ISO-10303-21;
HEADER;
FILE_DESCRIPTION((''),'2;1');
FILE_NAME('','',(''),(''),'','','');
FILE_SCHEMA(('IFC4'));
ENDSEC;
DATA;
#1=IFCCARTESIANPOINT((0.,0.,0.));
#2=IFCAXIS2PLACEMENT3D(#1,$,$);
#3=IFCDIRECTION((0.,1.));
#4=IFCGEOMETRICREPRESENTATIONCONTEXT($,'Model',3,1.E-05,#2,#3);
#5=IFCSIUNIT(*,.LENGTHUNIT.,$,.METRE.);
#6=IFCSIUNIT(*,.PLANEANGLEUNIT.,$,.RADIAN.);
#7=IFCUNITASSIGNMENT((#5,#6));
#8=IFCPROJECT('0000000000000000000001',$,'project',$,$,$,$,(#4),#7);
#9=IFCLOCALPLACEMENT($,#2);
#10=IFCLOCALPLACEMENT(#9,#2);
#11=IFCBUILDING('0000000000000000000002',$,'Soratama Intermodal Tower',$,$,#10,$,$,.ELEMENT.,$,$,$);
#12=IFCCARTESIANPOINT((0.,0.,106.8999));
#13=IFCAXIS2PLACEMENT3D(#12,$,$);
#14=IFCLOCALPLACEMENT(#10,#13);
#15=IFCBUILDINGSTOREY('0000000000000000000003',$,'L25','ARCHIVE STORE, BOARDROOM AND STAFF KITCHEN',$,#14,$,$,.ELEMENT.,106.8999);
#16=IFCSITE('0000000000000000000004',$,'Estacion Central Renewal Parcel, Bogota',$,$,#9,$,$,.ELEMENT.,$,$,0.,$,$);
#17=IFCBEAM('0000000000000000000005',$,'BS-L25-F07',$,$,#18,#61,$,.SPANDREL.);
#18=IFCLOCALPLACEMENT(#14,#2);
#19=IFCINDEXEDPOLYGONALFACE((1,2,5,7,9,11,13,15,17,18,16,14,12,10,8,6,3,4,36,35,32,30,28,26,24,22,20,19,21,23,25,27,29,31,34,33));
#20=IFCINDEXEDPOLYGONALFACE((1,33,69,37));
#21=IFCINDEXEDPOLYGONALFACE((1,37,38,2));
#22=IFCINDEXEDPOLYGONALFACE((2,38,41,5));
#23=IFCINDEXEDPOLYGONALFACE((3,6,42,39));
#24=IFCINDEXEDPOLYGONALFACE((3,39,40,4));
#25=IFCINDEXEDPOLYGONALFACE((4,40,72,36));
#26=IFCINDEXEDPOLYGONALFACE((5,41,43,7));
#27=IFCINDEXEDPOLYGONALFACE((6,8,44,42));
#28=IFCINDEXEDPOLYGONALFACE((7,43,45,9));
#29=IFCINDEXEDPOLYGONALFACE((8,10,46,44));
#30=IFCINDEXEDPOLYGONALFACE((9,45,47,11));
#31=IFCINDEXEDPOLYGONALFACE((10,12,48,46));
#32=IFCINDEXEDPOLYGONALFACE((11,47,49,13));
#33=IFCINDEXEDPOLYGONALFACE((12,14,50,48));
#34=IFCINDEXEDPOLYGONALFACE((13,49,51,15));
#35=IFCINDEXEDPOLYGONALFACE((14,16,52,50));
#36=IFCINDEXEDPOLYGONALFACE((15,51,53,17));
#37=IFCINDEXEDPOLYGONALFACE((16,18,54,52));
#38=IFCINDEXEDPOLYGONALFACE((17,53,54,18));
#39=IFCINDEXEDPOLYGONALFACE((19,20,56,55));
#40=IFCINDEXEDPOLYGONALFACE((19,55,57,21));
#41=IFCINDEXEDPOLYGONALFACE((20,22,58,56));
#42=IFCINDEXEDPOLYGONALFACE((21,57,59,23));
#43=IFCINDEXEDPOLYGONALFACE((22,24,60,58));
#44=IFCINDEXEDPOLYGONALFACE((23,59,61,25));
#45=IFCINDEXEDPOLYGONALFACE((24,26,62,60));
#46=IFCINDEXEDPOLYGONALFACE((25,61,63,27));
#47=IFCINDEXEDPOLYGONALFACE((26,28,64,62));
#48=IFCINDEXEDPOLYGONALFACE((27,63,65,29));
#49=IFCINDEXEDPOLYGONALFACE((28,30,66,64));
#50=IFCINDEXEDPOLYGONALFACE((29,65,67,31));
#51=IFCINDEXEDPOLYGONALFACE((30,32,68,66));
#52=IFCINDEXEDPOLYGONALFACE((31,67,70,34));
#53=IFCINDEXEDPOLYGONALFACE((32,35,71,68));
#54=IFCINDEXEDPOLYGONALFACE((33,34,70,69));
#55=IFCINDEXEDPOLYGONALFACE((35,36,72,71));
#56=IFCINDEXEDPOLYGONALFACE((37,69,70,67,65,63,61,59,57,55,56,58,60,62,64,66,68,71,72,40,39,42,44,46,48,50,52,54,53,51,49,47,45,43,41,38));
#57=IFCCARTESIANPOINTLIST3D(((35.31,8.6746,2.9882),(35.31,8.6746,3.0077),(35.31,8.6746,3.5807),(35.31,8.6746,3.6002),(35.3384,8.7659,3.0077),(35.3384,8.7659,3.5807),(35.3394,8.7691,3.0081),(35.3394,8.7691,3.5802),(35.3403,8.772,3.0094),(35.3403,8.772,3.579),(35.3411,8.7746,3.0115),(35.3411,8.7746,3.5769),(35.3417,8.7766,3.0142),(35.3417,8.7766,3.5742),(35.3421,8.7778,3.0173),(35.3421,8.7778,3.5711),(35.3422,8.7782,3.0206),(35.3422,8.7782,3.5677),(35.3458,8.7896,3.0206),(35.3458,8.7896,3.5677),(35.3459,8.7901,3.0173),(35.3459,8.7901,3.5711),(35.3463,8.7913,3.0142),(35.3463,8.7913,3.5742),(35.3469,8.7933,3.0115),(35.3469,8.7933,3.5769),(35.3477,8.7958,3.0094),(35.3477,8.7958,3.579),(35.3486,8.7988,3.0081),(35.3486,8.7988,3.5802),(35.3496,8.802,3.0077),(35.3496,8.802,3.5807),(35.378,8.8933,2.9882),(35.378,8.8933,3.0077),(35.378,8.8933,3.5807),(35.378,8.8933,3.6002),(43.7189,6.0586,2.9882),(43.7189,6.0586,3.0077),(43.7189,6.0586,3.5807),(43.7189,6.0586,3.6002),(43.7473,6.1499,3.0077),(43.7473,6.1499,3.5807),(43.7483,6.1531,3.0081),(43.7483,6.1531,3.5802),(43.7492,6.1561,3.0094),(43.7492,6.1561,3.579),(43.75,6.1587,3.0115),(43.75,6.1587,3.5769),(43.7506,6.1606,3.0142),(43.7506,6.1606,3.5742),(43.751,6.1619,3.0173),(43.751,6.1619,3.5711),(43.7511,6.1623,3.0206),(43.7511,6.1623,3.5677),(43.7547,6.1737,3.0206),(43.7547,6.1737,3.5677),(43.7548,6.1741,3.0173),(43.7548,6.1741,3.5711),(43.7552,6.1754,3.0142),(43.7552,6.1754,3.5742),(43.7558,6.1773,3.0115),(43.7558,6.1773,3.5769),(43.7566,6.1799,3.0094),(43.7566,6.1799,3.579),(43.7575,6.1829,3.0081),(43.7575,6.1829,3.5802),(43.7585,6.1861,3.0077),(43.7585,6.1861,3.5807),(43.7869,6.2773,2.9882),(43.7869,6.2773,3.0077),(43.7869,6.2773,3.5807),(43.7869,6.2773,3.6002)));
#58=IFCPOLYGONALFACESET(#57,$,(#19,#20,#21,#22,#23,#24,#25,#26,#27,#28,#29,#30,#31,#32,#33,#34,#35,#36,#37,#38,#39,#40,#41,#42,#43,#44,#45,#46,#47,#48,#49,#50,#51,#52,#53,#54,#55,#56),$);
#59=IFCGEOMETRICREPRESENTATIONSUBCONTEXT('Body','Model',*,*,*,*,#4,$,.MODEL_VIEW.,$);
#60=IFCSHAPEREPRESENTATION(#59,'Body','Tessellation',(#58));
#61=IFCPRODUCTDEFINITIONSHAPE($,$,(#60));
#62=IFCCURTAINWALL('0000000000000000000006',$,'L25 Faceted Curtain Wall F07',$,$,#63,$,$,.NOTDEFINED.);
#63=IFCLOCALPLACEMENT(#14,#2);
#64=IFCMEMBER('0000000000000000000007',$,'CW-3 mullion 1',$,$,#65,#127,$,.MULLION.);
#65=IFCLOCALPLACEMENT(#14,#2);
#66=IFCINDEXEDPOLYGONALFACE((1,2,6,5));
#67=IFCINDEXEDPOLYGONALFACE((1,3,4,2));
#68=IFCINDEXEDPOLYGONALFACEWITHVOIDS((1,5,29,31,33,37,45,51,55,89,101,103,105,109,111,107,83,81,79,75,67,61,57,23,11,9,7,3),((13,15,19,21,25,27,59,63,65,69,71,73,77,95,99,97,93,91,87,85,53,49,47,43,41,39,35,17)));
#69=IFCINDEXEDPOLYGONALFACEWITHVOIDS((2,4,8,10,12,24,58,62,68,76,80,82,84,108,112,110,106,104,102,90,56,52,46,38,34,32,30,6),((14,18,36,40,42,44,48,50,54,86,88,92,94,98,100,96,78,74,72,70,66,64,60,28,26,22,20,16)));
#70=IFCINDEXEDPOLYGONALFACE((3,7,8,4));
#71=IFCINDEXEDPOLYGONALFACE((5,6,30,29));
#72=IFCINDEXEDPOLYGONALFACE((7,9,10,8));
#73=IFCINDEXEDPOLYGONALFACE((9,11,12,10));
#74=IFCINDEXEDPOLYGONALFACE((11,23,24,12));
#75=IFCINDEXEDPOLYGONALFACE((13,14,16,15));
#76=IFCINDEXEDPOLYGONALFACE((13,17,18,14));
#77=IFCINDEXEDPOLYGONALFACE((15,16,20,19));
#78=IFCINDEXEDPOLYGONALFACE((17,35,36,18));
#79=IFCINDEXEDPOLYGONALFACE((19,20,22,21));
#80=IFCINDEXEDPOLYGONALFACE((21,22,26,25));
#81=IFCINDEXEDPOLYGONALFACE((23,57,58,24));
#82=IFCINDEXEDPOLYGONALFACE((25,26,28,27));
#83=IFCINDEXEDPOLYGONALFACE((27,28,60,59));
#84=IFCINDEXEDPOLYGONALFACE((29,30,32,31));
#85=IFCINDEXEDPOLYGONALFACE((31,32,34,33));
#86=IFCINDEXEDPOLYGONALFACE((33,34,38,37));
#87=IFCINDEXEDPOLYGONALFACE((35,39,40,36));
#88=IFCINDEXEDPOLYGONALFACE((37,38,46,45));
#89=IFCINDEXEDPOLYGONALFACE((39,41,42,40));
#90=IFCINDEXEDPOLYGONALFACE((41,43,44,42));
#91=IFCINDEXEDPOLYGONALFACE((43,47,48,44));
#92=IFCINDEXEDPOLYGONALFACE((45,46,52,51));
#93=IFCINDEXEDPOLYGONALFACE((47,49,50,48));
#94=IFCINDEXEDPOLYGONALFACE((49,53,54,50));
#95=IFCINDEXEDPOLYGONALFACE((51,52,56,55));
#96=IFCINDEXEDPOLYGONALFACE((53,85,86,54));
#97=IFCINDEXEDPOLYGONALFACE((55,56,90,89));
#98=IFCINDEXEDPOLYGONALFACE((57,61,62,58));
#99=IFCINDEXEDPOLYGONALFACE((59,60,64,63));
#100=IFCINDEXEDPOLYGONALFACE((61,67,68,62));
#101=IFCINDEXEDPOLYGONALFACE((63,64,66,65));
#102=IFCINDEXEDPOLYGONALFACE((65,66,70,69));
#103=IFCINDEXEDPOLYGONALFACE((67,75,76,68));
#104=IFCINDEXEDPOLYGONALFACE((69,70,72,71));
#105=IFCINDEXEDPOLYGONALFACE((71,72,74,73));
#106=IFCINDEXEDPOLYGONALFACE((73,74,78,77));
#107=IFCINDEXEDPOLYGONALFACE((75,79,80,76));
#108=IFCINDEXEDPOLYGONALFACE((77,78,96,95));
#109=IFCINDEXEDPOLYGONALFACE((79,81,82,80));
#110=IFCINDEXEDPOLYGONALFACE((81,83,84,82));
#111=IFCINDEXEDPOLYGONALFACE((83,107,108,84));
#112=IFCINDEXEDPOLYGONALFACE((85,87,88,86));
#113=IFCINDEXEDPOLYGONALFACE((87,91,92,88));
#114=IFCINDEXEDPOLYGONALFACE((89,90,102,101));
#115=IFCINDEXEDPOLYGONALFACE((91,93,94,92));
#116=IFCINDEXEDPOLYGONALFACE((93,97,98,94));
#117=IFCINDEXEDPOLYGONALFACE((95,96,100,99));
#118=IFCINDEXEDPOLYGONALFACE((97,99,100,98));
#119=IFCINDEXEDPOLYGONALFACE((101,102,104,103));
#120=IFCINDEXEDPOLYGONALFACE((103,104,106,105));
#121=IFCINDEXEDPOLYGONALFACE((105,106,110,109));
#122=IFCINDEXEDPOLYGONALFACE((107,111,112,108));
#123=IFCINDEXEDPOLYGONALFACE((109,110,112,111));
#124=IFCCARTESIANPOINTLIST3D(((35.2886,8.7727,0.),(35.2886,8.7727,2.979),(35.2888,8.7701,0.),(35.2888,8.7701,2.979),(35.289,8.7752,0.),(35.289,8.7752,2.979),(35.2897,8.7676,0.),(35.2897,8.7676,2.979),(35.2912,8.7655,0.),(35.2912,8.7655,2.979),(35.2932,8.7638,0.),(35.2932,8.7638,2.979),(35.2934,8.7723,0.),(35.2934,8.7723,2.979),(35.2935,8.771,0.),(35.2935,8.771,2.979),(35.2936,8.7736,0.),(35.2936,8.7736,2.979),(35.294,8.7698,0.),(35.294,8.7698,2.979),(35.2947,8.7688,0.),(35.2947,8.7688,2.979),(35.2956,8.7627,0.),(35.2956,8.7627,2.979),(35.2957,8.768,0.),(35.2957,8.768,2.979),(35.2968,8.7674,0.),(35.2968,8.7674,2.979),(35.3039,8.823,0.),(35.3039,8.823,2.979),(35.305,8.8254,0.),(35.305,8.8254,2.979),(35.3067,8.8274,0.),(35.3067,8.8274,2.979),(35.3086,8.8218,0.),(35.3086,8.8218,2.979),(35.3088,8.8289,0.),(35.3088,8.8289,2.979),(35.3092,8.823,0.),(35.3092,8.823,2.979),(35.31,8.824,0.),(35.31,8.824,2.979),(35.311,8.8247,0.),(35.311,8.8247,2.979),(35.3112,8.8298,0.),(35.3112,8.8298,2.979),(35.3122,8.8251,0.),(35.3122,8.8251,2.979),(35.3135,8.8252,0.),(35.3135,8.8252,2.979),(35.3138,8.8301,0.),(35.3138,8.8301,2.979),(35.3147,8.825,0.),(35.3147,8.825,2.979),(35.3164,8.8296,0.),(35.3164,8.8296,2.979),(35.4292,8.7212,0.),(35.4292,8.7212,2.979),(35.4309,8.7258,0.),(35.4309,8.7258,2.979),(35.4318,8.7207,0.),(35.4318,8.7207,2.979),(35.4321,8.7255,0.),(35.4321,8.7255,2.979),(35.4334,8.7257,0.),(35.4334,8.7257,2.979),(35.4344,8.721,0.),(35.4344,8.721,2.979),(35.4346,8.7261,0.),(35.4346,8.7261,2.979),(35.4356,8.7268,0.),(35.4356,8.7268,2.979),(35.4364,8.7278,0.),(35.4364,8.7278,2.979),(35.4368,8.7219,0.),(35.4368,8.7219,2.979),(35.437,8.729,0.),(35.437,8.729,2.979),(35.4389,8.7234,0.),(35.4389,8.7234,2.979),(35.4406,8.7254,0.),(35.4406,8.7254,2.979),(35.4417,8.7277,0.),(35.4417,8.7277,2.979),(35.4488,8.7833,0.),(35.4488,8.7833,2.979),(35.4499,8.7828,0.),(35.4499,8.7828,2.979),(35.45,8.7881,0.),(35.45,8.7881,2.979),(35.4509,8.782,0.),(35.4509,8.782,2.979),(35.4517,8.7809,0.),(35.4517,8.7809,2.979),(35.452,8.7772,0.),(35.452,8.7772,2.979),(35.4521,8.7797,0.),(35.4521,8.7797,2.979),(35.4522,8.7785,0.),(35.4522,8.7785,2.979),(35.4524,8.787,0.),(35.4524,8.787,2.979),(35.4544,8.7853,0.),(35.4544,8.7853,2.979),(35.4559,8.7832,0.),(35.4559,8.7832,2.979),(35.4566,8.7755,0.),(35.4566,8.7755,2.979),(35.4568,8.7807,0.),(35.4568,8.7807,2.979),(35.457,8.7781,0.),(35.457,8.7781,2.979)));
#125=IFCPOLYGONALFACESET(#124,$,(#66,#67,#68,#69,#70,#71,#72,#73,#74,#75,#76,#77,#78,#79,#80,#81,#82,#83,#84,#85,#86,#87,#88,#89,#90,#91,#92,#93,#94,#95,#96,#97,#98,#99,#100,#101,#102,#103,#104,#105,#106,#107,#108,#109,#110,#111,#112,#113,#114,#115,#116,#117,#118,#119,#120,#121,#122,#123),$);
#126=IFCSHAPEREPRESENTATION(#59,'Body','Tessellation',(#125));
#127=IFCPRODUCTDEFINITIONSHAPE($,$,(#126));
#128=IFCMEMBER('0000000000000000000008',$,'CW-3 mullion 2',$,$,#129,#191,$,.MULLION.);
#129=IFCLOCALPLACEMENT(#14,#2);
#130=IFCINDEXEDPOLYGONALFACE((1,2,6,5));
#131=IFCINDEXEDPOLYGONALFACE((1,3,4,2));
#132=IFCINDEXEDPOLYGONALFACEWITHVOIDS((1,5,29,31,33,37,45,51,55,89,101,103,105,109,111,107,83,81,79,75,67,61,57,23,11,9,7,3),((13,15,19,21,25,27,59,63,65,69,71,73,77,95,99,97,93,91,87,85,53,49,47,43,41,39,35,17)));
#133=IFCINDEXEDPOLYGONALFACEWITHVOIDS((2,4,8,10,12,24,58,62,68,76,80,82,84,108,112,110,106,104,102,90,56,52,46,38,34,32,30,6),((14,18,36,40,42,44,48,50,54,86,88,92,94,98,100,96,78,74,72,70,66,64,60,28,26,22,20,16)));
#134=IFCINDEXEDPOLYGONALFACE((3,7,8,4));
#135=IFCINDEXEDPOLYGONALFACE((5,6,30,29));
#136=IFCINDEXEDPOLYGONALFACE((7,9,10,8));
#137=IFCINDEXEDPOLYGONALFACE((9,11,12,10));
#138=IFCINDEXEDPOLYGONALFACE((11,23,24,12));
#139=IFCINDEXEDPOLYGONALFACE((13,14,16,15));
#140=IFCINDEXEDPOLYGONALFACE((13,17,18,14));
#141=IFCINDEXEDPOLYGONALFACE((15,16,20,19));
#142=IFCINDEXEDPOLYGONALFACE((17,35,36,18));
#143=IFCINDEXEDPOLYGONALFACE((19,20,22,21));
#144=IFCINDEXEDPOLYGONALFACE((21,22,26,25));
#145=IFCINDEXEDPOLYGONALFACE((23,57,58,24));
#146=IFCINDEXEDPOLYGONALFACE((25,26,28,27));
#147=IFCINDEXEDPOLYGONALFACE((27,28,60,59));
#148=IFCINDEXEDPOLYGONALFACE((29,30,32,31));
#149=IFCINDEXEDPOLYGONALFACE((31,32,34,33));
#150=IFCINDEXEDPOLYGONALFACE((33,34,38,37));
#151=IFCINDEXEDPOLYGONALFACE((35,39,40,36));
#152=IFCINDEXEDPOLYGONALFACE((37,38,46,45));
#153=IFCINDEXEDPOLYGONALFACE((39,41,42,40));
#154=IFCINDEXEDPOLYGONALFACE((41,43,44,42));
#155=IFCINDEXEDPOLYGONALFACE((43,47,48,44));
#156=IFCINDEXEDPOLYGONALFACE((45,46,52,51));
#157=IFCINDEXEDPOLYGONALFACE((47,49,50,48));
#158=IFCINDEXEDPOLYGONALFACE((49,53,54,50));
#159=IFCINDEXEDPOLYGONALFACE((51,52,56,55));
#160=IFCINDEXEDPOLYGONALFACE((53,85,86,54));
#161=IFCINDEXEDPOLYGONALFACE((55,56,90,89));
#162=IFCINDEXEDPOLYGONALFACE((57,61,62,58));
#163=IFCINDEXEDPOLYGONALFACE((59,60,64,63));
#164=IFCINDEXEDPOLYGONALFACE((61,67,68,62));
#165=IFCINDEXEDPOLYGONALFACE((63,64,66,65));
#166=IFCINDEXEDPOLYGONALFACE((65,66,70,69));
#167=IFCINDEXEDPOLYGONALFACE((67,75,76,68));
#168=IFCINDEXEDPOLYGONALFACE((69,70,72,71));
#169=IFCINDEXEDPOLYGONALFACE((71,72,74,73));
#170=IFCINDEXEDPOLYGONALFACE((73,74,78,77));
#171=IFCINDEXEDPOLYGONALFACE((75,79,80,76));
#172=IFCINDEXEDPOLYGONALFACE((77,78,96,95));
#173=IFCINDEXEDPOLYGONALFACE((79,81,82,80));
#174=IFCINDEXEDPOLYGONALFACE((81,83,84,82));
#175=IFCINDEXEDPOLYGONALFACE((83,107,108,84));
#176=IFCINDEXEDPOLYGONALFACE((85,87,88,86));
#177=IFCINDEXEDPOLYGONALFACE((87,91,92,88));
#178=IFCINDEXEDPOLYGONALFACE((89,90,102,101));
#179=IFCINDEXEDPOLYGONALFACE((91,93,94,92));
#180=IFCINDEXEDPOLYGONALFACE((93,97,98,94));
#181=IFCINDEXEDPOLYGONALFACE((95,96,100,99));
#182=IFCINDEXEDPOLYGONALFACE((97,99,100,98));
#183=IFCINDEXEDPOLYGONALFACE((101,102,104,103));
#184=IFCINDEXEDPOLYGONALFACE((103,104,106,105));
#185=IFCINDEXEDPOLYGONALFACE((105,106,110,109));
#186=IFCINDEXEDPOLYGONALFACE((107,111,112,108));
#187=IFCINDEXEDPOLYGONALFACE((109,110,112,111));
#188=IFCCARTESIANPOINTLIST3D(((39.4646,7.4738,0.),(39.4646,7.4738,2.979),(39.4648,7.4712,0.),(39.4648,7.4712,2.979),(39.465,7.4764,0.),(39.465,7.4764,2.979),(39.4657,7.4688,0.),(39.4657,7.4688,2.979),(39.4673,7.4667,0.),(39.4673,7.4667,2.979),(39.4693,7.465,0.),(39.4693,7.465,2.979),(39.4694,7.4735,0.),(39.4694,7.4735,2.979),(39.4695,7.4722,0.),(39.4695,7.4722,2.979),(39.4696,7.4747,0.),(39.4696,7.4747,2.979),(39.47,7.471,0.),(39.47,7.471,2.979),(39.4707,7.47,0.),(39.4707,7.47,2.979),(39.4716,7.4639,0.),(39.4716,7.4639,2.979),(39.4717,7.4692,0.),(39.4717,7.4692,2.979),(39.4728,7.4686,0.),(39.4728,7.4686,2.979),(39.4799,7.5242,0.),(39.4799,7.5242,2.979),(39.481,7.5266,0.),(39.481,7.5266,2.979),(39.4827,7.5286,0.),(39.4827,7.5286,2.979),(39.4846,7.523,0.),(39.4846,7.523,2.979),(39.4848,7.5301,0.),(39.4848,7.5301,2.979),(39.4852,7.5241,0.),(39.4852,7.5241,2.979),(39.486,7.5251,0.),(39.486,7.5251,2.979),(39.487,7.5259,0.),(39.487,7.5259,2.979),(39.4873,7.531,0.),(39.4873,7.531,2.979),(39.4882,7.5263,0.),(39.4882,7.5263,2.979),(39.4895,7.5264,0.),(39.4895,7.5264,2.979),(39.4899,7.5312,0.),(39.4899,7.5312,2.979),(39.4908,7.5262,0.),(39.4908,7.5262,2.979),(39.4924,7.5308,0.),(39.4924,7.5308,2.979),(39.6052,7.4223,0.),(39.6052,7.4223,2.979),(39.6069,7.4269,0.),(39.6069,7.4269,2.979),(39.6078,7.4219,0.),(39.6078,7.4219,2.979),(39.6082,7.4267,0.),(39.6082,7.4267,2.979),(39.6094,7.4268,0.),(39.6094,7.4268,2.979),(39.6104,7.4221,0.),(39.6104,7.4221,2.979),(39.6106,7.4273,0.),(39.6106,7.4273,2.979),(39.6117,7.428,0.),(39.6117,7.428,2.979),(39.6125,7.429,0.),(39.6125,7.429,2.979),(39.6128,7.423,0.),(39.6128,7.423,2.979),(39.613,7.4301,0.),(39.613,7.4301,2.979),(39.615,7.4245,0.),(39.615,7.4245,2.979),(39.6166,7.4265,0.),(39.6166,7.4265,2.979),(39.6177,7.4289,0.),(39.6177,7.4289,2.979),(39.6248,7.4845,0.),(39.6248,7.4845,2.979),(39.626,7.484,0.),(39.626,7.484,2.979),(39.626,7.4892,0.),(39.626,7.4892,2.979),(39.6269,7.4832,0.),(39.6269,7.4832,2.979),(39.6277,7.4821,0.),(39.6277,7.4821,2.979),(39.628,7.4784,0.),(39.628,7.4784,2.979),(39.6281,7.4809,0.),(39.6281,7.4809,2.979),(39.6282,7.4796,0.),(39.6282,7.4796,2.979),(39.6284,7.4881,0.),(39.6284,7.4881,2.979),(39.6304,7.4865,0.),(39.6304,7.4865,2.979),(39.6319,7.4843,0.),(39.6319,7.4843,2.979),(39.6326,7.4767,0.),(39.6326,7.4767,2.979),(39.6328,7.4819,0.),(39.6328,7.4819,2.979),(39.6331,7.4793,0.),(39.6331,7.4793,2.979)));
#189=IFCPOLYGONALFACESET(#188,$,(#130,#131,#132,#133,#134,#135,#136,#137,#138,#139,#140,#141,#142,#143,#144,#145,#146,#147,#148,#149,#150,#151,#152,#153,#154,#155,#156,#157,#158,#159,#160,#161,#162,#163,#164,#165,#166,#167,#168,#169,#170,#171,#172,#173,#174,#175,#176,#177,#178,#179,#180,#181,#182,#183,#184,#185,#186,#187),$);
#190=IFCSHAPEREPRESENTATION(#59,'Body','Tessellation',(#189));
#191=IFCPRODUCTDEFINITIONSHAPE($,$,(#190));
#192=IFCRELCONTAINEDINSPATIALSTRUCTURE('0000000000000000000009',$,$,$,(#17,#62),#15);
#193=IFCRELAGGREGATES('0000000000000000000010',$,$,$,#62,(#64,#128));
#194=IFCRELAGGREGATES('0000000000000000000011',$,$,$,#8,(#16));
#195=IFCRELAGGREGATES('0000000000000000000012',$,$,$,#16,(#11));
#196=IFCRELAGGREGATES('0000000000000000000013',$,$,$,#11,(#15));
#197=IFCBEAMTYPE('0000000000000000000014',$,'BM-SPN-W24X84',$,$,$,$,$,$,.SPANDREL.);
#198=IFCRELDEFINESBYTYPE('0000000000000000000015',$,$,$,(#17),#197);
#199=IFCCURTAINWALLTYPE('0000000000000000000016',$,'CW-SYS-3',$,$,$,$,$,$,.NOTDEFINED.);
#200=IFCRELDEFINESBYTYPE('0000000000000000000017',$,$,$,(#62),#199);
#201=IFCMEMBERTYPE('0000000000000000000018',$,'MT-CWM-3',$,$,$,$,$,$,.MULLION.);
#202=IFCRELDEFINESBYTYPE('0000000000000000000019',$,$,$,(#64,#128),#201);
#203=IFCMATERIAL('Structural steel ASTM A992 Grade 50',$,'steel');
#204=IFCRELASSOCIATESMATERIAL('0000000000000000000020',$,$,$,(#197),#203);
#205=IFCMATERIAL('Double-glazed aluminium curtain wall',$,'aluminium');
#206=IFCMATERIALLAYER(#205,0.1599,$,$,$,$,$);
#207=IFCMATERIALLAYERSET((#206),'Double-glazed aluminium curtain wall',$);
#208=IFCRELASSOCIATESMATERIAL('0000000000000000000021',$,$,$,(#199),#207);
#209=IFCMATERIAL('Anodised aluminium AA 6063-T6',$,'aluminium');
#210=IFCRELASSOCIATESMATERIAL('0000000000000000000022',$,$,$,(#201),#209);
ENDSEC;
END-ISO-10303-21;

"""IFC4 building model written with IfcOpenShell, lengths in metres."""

from ifc_helpers import new_model, si_unit, direction, frame, origin, origin_2d, place, context, subcontext, project, spatial, hollow_rectangle, i_section, extrude, material, layer, layer_set, material_profile, profile_set, type_object, element, aggregate, save


model = new_model("IFC4")

# Units and contexts
model_context = context("Model", 3, precision=1e-05, world=origin(), true_north=direction((0.0, 1.0)))
body_context = subcontext(model_context, "Body", "Model", "MODEL_VIEW")
ifc_project = project(units=[si_unit("LENGTHUNIT", "METRE"), si_unit("PLANEANGLEUNIT", "RADIAN")], contexts=[model_context])

# Site, building, storey
site_placement = place(None, origin())
site = spatial("IfcSite", under=ifc_project, at=site_placement, Name="Estacion Central Renewal Parcel, Bogota", CompositionType="ELEMENT", RefElevation=0.0)
building_placement = place(site_placement, origin())
building = spatial("IfcBuilding", under=site, at=building_placement, Name="Soratama Intermodal Tower", CompositionType="ELEMENT")
storey_placement = place(building_placement, frame((0.0, 0.0, 106.8999)))
storey = spatial("IfcBuildingStorey", under=building, at=storey_placement, Name="L25", Description="ARCHIVE STORE, BOARDROOM AND STAFF KITCHEN", CompositionType="ELEMENT", Elevation=106.8999)

# Beam
ifc_material_1 = material(Name="Structural steel ASTM A992 Grade 50", Category="steel")
ifc_material_profile_1 = material_profile(ifc_material_1, i_section(OverallWidth=0.229, OverallDepth=0.6121, WebThickness=0.012, FlangeThickness=0.0195, FilletRadius=0.0129, at=origin_2d()), Name="W24X84")
ifc_profile_set_1 = profile_set([ifc_material_profile_1], Name="Structural steel ASTM A992 Grade 50")
beam_type_1 = type_object("IfcBeamType", Name="BM-SPN-W24X84", PredefinedType="SPANDREL", material=ifc_profile_set_1)
beam_1_placement = place(storey_placement, frame((35.344, 8.7839, 3.2942), z_axis=(0.954861, -0.297051, 0.0), x_axis=(0.297051, 0.954861, 0.0)))
element("IfcBeam", 1, at=beam_1_placement, inside=storey, type_object=beam_type_1, Name="BS-L25-F07", PredefinedType="SPANDREL", context=body_context, shape_type="SweptSolid", body=[
    extrude(i_section(OverallWidth=0.229, OverallDepth=0.6121, WebThickness=0.012, FlangeThickness=0.0195, FilletRadius=0.0129, at=origin_2d()), origin(), (0.0, 0.0, 1.0), 8.8064),
])

# Curtain wall, members
ifc_material_2 = material(Name="Double-glazed aluminium curtain wall", Category="aluminium")
ifc_layer_1 = layer(ifc_material_2, 0.1599)
ifc_layer_set_1 = layer_set([ifc_layer_1], Name="Double-glazed aluminium curtain wall")
curtain_wall_type = type_object("IfcCurtainWallType", Name="CW-SYS-3", PredefinedType="NOTDEFINED", material=ifc_layer_set_1)
curtain_wall_placement = place(storey_placement, origin())
curtain_wall = element("IfcCurtainWall", 2, at=curtain_wall_placement, inside=storey, type_object=curtain_wall_type, Name="L25 Faceted Curtain Wall F07", PredefinedType="NOTDEFINED")
ifc_material_3 = material(Name="Anodised aluminium AA 6063-T6", Category="aluminium")
ifc_material_profile_2 = material_profile(ifc_material_3, hollow_rectangle(XDim=0.0701, YDim=0.1599, WallThickness=0.0049, InnerFilletRadius=0.0049, OuterFilletRadius=0.01, at=origin_2d()), Name="CWM160X70X5")
ifc_profile_set_2 = profile_set([ifc_material_profile_2], Name="Anodised aluminium AA 6063-T6")
member_type_1 = type_object("IfcMemberType", Name="MT-CWM-3", PredefinedType="MULLION", material=ifc_profile_set_2)
member_1_placement = place(storey_placement, frame((35.3728, 8.7754, 0.0), z_axis=(0.0, 0.0, 1.0), x_axis=(0.297039, 0.954865, 0.0)))
member_1 = element("IfcMember", 3, at=member_1_placement, type_object=member_type_1, Name="CW-3 mullion 1", PredefinedType="MULLION", context=body_context, shape_type="SweptSolid", body=[
    extrude(hollow_rectangle(XDim=0.0701, YDim=0.1599, WallThickness=0.0049, InnerFilletRadius=0.0049, OuterFilletRadius=0.01, at=origin_2d()), origin(), (0.0, 0.0, 1.0), 2.979),
])
member_2_placement = place(storey_placement, frame((39.5488, 7.4766, 0.0), z_axis=(0.0, 0.0, 1.0), x_axis=(0.297039, 0.954865, 0.0)))
member_2 = element("IfcMember", 4, at=member_2_placement, type_object=member_type_1, Name="CW-3 mullion 2", PredefinedType="MULLION", context=body_context, shape_type="SweptSolid", body=[
    extrude(hollow_rectangle(XDim=0.0701, YDim=0.1599, WallThickness=0.0049, InnerFilletRadius=0.0049, OuterFilletRadius=0.01, at=origin_2d()), origin(), (0.0, 0.0, 1.0), 2.979),
])
aggregate(curtain_wall, [member_1, member_2])

save(model, "model.ifc")
